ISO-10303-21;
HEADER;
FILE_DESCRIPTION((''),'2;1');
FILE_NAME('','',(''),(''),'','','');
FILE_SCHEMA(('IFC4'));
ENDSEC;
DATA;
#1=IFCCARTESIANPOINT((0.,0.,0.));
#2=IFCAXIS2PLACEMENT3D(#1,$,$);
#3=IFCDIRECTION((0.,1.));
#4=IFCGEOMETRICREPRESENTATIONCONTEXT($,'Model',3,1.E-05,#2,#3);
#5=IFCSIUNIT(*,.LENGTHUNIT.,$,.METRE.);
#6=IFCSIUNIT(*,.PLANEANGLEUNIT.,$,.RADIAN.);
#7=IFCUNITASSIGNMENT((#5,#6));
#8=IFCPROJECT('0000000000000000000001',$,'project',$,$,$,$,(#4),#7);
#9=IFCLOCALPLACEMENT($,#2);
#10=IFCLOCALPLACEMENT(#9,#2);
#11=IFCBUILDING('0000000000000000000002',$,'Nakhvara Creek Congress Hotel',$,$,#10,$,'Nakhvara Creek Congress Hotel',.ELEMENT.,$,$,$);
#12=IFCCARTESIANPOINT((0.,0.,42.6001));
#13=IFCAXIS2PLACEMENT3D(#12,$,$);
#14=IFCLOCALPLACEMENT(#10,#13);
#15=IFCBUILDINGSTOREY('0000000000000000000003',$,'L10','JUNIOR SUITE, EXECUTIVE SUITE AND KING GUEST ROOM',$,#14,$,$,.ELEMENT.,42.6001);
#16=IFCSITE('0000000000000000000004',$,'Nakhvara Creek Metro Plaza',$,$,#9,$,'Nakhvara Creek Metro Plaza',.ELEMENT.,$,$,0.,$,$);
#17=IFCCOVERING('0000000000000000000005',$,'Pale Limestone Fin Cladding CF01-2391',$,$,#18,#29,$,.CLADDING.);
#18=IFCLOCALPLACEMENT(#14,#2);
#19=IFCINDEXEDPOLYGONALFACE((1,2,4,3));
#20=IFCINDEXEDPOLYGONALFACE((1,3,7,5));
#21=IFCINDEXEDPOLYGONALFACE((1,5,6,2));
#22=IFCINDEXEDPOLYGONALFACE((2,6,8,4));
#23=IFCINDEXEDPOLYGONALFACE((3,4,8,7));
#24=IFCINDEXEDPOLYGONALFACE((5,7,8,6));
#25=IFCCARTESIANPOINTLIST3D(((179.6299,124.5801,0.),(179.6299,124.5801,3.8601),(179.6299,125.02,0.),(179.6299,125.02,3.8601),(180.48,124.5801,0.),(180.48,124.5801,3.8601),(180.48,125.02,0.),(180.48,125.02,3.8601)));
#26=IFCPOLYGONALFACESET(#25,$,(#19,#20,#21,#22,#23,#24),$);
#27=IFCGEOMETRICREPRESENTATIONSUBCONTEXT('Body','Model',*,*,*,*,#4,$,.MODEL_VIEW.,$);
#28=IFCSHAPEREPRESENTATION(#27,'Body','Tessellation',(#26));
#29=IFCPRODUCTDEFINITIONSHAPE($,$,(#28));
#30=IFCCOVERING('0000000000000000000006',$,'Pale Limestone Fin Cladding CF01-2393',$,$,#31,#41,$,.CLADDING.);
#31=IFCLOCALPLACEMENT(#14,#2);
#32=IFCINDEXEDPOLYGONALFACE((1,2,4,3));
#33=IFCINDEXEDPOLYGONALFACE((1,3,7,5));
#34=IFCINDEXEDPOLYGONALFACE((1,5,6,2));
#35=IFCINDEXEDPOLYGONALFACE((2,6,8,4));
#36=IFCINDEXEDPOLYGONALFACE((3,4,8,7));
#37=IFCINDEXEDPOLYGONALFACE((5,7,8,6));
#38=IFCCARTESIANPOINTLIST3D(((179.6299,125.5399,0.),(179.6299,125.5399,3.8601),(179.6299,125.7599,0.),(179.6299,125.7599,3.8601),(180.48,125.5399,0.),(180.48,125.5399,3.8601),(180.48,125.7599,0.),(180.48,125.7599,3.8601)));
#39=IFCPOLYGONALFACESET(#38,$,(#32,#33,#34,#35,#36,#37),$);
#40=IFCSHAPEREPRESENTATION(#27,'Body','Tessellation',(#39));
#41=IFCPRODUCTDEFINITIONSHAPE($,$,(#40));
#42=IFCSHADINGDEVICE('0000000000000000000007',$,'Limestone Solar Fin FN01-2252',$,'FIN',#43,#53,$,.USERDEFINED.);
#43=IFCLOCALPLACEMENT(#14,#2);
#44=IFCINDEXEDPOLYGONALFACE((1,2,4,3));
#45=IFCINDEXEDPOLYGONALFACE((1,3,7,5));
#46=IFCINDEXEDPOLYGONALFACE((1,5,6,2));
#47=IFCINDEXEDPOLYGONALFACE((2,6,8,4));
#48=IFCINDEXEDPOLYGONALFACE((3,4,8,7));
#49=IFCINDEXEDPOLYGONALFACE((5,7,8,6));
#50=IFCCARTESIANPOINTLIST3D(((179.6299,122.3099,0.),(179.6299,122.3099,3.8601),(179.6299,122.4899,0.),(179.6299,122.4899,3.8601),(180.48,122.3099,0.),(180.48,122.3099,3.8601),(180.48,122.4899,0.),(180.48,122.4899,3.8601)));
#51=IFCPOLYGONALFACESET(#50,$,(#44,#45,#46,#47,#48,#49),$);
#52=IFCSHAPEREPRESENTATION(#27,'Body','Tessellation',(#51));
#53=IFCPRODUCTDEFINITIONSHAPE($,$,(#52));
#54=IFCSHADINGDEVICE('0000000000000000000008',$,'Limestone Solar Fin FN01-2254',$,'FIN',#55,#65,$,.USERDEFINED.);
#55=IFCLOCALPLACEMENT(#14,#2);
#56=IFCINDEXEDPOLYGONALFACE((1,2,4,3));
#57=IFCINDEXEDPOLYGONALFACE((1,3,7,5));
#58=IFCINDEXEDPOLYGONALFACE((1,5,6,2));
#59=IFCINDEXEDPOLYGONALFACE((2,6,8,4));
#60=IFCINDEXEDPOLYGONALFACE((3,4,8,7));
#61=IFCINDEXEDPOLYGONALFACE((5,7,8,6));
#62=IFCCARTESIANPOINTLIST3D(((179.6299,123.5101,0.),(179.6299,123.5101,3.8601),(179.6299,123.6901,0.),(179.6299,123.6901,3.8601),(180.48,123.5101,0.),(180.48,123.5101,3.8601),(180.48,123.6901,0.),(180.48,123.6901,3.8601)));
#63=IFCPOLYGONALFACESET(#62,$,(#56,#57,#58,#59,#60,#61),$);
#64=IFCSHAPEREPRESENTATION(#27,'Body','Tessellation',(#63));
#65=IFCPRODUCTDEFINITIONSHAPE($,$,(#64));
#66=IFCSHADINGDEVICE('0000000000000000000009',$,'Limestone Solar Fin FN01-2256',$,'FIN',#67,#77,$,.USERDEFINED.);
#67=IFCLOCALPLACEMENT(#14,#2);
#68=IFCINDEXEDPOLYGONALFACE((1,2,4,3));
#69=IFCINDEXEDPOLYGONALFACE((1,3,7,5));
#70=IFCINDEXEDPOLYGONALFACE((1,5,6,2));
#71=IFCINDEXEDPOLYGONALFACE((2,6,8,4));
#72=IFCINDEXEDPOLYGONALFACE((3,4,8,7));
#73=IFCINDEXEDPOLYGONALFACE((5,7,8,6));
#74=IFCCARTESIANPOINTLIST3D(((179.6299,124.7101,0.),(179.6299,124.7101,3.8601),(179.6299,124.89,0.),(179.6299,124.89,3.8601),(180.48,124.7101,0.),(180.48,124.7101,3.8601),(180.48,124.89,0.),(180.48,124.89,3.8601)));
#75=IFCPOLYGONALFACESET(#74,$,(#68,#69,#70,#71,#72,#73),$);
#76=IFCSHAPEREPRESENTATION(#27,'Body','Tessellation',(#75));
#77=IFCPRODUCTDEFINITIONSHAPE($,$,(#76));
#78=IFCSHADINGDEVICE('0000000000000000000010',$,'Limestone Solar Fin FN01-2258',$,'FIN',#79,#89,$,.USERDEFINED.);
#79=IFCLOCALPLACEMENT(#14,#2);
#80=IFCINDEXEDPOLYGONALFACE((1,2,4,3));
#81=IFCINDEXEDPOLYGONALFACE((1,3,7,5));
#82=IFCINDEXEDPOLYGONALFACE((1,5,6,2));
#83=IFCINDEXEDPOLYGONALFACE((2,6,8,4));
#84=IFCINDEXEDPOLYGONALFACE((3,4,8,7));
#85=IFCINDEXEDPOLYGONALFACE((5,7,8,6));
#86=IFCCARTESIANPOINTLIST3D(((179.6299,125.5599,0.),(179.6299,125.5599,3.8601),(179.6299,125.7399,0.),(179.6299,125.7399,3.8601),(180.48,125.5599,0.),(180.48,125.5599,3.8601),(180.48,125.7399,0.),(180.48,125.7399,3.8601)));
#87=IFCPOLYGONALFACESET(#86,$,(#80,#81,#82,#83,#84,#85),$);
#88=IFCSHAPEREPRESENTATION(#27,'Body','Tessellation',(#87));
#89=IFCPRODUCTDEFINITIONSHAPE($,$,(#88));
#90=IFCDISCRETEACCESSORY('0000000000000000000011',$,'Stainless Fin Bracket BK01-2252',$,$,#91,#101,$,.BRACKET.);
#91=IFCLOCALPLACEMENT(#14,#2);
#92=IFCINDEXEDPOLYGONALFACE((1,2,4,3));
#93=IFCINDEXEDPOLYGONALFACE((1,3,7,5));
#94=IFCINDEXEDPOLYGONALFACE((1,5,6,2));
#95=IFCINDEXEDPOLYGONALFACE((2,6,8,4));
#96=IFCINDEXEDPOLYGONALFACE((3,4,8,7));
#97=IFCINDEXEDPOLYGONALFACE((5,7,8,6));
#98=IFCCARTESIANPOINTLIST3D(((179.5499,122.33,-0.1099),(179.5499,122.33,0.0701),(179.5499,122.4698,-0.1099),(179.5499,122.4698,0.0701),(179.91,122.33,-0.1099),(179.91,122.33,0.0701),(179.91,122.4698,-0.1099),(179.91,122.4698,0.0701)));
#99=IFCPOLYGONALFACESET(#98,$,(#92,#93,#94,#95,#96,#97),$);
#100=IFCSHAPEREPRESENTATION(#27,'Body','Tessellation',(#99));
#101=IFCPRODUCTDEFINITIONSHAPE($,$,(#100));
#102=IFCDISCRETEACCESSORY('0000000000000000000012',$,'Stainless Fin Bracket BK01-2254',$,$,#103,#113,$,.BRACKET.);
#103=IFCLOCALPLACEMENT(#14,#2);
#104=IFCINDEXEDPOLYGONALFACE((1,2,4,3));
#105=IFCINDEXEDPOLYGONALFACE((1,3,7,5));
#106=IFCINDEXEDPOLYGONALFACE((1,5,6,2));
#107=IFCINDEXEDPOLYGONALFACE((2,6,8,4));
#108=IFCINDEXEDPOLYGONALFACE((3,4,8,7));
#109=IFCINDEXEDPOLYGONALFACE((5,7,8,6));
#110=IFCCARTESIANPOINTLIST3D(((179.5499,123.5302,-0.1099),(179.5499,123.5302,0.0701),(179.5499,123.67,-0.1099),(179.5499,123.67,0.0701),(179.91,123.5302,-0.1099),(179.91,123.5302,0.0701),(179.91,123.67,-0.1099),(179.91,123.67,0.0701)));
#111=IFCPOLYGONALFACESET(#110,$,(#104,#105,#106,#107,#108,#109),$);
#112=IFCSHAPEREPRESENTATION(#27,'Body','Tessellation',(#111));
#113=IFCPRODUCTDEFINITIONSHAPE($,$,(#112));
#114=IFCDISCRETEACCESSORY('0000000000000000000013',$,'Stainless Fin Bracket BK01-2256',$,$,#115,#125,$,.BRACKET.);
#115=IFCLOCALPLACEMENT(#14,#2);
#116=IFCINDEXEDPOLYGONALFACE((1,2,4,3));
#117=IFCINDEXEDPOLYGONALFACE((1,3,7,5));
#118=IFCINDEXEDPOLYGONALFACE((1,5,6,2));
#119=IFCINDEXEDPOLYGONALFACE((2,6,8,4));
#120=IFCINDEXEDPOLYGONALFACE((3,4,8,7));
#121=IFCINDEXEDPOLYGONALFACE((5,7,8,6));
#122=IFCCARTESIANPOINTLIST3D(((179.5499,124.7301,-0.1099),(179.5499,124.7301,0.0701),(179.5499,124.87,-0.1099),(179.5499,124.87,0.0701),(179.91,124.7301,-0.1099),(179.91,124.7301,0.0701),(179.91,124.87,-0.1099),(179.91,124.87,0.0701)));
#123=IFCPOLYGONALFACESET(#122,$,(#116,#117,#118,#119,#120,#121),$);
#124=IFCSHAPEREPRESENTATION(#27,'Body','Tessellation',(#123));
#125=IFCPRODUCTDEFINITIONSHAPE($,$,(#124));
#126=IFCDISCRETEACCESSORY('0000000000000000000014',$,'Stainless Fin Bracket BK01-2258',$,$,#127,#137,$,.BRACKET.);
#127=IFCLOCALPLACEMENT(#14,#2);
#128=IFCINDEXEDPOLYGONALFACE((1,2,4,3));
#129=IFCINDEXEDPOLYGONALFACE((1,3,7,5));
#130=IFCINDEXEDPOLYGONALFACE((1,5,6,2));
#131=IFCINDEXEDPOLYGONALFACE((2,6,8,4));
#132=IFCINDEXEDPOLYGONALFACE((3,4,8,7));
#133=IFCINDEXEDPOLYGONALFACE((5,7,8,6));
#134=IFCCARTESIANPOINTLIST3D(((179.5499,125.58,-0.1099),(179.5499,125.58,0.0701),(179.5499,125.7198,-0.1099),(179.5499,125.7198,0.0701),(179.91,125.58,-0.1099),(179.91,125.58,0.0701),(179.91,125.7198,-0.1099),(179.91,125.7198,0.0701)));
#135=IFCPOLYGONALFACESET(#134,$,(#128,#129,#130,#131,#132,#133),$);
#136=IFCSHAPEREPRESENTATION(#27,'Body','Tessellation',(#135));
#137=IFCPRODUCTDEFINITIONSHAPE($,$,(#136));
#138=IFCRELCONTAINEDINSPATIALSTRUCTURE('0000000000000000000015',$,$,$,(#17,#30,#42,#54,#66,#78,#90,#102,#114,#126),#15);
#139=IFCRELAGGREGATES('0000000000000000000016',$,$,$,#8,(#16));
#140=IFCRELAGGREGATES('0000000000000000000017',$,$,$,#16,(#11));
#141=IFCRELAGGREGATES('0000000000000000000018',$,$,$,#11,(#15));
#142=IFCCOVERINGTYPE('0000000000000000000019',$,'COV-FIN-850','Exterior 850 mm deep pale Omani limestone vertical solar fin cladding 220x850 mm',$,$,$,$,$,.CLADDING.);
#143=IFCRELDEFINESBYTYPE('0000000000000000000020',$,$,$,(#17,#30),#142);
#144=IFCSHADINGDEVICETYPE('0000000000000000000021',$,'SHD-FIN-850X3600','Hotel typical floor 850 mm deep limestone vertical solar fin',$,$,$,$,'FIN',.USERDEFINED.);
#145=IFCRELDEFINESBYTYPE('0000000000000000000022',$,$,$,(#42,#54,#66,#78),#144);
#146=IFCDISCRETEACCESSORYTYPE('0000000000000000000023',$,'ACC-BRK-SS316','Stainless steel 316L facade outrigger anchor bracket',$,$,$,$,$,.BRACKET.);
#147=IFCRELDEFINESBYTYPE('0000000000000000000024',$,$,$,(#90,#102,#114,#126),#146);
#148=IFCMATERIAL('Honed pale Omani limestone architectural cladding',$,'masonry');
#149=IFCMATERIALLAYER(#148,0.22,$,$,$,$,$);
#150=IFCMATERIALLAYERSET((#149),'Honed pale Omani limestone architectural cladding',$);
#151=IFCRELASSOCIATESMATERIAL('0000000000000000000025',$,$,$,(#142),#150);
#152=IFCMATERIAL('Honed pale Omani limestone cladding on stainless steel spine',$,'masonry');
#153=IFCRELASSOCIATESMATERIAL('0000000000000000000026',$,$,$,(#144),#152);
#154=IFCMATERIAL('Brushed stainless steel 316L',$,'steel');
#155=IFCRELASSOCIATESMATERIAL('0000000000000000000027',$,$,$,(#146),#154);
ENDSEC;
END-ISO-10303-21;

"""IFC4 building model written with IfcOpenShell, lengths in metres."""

from ifc_helpers import new_model, si_unit, direction, frame, origin, origin_2d, place, context, subcontext, project, spatial, rectangle, extrude, material, layer, layer_set, type_object, element, save


model = new_model("IFC4")

# Units and contexts
model_context = context("Model", 3, precision=1e-05, world=origin(), true_north=direction((0.0, 1.0)))
body_context = subcontext(model_context, "Body", "Model", "MODEL_VIEW")
ifc_project = project(units=[si_unit("LENGTHUNIT", "METRE"), si_unit("PLANEANGLEUNIT", "RADIAN")], contexts=[model_context])

# Site, building, storey
site_placement = place(None, origin())
site = spatial("IfcSite", under=ifc_project, at=site_placement, Name="Nakhvara Creek Metro Plaza", LongName="Nakhvara Creek Metro Plaza", CompositionType="ELEMENT", RefElevation=0.0)
building_placement = place(site_placement, origin())
building = spatial("IfcBuilding", under=site, at=building_placement, Name="Nakhvara Creek Congress Hotel", LongName="Nakhvara Creek Congress Hotel", CompositionType="ELEMENT")
storey_placement = place(building_placement, frame((0.0, 0.0, 42.6001)))
storey = spatial("IfcBuildingStorey", under=building, at=storey_placement, Name="L10", Description="JUNIOR SUITE, EXECUTIVE SUITE AND KING GUEST ROOM", CompositionType="ELEMENT", Elevation=42.6001)

# Coverings
ifc_material_1 = material(Name="Honed pale Omani limestone architectural cladding", Category="masonry")
ifc_layer_1 = layer(ifc_material_1, 0.22)
ifc_layer_set_1 = layer_set([ifc_layer_1], Name="Honed pale Omani limestone architectural cladding")
covering_type = type_object("IfcCoveringType", Name="COV-FIN-850", Description="Exterior 850 mm deep pale Omani limestone vertical solar fin cladding 220x850 mm", PredefinedType="CLADDING", material=ifc_layer_set_1)
covering_1_placement = place(storey_placement, frame((180.0549, 124.8, 0.0), z_axis=(0.0, 0.0, 1.0), x_axis=(0.0, 1.0, 0.0)))
element("IfcCovering", 1, at=covering_1_placement, inside=storey, type_object=covering_type, Name="Pale Limestone Fin Cladding CF01-2391", PredefinedType="CLADDING", context=body_context, shape_type="SweptSolid", body=[
    extrude(rectangle(XDim=0.4399, YDim=0.8501, at=origin_2d()), origin(), (0.0, 0.0, 1.0), 3.8601),
])
covering_2_placement = place(storey_placement, frame((180.0549, 125.6499, 0.0), z_axis=(0.0, 0.0, 1.0), x_axis=(0.0, 1.0, 0.0)))
element("IfcCovering", 2, at=covering_2_placement, inside=storey, type_object=covering_type, Name="Pale Limestone Fin Cladding CF01-2393", PredefinedType="CLADDING", context=body_context, shape_type="SweptSolid", body=[
    extrude(rectangle(XDim=0.22, YDim=0.8501, at=origin_2d()), origin(), (0.0, 0.0, 1.0), 3.8601),
])

# Shading devices
ifc_material_2 = material(Name="Honed pale Omani limestone cladding on stainless steel spine", Category="masonry")
shading_device_type = type_object("IfcShadingDeviceType", Name="SHD-FIN-850X3600", Description="Hotel typical floor 850 mm deep limestone vertical solar fin", ElementType="FIN", PredefinedType="USERDEFINED", material=ifc_material_2)
for number, where, z_axis, x_axis, name in (
    (3, (180.0549, 122.3999, 0.0), (0.0, 0.0, 1.0), (0.0, 1.0, 0.0), "Limestone Solar Fin FN01-2252"),
    (4, (180.0549, 123.6001, 0.0), (0.0, 0.0, 1.0), (0.0, 1.0, 0.0), "Limestone Solar Fin FN01-2254"),
    (5, (180.0549, 124.8, 0.0), (0.0, 0.0, 1.0), (0.0, 1.0, 0.0), "Limestone Solar Fin FN01-2256"),
    (6, (180.0549, 125.6499, 0.0), (0.0, 0.0, 1.0), (0.0, 1.0, 0.0), "Limestone Solar Fin FN01-2258"),
):
    element("IfcShadingDevice", number, at=place(storey_placement, frame(where, z_axis=z_axis, x_axis=x_axis)), inside=storey, type_object=shading_device_type, Name=name, ObjectType="FIN", PredefinedType="USERDEFINED", context=body_context, shape_type="SweptSolid", body=[
        extrude(rectangle(XDim=0.1799, YDim=0.8501, at=origin_2d()), origin(), (0.0, 0.0, 1.0), 3.8601),
    ])

# Discrete accessories
ifc_material_3 = material(Name="Brushed stainless steel 316L", Category="steel")
discrete_accessory_type = type_object("IfcDiscreteAccessoryType", Name="ACC-BRK-SS316", Description="Stainless steel 316L facade outrigger anchor bracket", PredefinedType="BRACKET", material=ifc_material_3)
for number, where, z_axis, x_axis, name in (
    (7, (179.73, 122.3999, -0.1099), (0.0, 0.0, 1.0), (0.0, 1.0, 0.0), "Stainless Fin Bracket BK01-2252"),
    (8, (179.73, 123.6001, -0.1099), (0.0, 0.0, 1.0), (0.0, 1.0, 0.0), "Stainless Fin Bracket BK01-2254"),
    (9, (179.73, 124.8, -0.1099), (0.0, 0.0, 1.0), (0.0, 1.0, 0.0), "Stainless Fin Bracket BK01-2256"),
    (10, (179.73, 125.6499, -0.1099), (0.0, 0.0, 1.0), (0.0, 1.0, 0.0), "Stainless Fin Bracket BK01-2258"),
):
    element("IfcDiscreteAccessory", number, at=place(storey_placement, frame(where, z_axis=z_axis, x_axis=x_axis)), inside=storey, type_object=discrete_accessory_type, Name=name, PredefinedType="BRACKET", context=body_context, shape_type="SweptSolid", body=[
        extrude(rectangle(XDim=0.1399, YDim=0.3601, at=origin_2d()), origin(), (0.0, 0.0, 1.0), 0.1799),
    ])

save(model, "model.ifc")
